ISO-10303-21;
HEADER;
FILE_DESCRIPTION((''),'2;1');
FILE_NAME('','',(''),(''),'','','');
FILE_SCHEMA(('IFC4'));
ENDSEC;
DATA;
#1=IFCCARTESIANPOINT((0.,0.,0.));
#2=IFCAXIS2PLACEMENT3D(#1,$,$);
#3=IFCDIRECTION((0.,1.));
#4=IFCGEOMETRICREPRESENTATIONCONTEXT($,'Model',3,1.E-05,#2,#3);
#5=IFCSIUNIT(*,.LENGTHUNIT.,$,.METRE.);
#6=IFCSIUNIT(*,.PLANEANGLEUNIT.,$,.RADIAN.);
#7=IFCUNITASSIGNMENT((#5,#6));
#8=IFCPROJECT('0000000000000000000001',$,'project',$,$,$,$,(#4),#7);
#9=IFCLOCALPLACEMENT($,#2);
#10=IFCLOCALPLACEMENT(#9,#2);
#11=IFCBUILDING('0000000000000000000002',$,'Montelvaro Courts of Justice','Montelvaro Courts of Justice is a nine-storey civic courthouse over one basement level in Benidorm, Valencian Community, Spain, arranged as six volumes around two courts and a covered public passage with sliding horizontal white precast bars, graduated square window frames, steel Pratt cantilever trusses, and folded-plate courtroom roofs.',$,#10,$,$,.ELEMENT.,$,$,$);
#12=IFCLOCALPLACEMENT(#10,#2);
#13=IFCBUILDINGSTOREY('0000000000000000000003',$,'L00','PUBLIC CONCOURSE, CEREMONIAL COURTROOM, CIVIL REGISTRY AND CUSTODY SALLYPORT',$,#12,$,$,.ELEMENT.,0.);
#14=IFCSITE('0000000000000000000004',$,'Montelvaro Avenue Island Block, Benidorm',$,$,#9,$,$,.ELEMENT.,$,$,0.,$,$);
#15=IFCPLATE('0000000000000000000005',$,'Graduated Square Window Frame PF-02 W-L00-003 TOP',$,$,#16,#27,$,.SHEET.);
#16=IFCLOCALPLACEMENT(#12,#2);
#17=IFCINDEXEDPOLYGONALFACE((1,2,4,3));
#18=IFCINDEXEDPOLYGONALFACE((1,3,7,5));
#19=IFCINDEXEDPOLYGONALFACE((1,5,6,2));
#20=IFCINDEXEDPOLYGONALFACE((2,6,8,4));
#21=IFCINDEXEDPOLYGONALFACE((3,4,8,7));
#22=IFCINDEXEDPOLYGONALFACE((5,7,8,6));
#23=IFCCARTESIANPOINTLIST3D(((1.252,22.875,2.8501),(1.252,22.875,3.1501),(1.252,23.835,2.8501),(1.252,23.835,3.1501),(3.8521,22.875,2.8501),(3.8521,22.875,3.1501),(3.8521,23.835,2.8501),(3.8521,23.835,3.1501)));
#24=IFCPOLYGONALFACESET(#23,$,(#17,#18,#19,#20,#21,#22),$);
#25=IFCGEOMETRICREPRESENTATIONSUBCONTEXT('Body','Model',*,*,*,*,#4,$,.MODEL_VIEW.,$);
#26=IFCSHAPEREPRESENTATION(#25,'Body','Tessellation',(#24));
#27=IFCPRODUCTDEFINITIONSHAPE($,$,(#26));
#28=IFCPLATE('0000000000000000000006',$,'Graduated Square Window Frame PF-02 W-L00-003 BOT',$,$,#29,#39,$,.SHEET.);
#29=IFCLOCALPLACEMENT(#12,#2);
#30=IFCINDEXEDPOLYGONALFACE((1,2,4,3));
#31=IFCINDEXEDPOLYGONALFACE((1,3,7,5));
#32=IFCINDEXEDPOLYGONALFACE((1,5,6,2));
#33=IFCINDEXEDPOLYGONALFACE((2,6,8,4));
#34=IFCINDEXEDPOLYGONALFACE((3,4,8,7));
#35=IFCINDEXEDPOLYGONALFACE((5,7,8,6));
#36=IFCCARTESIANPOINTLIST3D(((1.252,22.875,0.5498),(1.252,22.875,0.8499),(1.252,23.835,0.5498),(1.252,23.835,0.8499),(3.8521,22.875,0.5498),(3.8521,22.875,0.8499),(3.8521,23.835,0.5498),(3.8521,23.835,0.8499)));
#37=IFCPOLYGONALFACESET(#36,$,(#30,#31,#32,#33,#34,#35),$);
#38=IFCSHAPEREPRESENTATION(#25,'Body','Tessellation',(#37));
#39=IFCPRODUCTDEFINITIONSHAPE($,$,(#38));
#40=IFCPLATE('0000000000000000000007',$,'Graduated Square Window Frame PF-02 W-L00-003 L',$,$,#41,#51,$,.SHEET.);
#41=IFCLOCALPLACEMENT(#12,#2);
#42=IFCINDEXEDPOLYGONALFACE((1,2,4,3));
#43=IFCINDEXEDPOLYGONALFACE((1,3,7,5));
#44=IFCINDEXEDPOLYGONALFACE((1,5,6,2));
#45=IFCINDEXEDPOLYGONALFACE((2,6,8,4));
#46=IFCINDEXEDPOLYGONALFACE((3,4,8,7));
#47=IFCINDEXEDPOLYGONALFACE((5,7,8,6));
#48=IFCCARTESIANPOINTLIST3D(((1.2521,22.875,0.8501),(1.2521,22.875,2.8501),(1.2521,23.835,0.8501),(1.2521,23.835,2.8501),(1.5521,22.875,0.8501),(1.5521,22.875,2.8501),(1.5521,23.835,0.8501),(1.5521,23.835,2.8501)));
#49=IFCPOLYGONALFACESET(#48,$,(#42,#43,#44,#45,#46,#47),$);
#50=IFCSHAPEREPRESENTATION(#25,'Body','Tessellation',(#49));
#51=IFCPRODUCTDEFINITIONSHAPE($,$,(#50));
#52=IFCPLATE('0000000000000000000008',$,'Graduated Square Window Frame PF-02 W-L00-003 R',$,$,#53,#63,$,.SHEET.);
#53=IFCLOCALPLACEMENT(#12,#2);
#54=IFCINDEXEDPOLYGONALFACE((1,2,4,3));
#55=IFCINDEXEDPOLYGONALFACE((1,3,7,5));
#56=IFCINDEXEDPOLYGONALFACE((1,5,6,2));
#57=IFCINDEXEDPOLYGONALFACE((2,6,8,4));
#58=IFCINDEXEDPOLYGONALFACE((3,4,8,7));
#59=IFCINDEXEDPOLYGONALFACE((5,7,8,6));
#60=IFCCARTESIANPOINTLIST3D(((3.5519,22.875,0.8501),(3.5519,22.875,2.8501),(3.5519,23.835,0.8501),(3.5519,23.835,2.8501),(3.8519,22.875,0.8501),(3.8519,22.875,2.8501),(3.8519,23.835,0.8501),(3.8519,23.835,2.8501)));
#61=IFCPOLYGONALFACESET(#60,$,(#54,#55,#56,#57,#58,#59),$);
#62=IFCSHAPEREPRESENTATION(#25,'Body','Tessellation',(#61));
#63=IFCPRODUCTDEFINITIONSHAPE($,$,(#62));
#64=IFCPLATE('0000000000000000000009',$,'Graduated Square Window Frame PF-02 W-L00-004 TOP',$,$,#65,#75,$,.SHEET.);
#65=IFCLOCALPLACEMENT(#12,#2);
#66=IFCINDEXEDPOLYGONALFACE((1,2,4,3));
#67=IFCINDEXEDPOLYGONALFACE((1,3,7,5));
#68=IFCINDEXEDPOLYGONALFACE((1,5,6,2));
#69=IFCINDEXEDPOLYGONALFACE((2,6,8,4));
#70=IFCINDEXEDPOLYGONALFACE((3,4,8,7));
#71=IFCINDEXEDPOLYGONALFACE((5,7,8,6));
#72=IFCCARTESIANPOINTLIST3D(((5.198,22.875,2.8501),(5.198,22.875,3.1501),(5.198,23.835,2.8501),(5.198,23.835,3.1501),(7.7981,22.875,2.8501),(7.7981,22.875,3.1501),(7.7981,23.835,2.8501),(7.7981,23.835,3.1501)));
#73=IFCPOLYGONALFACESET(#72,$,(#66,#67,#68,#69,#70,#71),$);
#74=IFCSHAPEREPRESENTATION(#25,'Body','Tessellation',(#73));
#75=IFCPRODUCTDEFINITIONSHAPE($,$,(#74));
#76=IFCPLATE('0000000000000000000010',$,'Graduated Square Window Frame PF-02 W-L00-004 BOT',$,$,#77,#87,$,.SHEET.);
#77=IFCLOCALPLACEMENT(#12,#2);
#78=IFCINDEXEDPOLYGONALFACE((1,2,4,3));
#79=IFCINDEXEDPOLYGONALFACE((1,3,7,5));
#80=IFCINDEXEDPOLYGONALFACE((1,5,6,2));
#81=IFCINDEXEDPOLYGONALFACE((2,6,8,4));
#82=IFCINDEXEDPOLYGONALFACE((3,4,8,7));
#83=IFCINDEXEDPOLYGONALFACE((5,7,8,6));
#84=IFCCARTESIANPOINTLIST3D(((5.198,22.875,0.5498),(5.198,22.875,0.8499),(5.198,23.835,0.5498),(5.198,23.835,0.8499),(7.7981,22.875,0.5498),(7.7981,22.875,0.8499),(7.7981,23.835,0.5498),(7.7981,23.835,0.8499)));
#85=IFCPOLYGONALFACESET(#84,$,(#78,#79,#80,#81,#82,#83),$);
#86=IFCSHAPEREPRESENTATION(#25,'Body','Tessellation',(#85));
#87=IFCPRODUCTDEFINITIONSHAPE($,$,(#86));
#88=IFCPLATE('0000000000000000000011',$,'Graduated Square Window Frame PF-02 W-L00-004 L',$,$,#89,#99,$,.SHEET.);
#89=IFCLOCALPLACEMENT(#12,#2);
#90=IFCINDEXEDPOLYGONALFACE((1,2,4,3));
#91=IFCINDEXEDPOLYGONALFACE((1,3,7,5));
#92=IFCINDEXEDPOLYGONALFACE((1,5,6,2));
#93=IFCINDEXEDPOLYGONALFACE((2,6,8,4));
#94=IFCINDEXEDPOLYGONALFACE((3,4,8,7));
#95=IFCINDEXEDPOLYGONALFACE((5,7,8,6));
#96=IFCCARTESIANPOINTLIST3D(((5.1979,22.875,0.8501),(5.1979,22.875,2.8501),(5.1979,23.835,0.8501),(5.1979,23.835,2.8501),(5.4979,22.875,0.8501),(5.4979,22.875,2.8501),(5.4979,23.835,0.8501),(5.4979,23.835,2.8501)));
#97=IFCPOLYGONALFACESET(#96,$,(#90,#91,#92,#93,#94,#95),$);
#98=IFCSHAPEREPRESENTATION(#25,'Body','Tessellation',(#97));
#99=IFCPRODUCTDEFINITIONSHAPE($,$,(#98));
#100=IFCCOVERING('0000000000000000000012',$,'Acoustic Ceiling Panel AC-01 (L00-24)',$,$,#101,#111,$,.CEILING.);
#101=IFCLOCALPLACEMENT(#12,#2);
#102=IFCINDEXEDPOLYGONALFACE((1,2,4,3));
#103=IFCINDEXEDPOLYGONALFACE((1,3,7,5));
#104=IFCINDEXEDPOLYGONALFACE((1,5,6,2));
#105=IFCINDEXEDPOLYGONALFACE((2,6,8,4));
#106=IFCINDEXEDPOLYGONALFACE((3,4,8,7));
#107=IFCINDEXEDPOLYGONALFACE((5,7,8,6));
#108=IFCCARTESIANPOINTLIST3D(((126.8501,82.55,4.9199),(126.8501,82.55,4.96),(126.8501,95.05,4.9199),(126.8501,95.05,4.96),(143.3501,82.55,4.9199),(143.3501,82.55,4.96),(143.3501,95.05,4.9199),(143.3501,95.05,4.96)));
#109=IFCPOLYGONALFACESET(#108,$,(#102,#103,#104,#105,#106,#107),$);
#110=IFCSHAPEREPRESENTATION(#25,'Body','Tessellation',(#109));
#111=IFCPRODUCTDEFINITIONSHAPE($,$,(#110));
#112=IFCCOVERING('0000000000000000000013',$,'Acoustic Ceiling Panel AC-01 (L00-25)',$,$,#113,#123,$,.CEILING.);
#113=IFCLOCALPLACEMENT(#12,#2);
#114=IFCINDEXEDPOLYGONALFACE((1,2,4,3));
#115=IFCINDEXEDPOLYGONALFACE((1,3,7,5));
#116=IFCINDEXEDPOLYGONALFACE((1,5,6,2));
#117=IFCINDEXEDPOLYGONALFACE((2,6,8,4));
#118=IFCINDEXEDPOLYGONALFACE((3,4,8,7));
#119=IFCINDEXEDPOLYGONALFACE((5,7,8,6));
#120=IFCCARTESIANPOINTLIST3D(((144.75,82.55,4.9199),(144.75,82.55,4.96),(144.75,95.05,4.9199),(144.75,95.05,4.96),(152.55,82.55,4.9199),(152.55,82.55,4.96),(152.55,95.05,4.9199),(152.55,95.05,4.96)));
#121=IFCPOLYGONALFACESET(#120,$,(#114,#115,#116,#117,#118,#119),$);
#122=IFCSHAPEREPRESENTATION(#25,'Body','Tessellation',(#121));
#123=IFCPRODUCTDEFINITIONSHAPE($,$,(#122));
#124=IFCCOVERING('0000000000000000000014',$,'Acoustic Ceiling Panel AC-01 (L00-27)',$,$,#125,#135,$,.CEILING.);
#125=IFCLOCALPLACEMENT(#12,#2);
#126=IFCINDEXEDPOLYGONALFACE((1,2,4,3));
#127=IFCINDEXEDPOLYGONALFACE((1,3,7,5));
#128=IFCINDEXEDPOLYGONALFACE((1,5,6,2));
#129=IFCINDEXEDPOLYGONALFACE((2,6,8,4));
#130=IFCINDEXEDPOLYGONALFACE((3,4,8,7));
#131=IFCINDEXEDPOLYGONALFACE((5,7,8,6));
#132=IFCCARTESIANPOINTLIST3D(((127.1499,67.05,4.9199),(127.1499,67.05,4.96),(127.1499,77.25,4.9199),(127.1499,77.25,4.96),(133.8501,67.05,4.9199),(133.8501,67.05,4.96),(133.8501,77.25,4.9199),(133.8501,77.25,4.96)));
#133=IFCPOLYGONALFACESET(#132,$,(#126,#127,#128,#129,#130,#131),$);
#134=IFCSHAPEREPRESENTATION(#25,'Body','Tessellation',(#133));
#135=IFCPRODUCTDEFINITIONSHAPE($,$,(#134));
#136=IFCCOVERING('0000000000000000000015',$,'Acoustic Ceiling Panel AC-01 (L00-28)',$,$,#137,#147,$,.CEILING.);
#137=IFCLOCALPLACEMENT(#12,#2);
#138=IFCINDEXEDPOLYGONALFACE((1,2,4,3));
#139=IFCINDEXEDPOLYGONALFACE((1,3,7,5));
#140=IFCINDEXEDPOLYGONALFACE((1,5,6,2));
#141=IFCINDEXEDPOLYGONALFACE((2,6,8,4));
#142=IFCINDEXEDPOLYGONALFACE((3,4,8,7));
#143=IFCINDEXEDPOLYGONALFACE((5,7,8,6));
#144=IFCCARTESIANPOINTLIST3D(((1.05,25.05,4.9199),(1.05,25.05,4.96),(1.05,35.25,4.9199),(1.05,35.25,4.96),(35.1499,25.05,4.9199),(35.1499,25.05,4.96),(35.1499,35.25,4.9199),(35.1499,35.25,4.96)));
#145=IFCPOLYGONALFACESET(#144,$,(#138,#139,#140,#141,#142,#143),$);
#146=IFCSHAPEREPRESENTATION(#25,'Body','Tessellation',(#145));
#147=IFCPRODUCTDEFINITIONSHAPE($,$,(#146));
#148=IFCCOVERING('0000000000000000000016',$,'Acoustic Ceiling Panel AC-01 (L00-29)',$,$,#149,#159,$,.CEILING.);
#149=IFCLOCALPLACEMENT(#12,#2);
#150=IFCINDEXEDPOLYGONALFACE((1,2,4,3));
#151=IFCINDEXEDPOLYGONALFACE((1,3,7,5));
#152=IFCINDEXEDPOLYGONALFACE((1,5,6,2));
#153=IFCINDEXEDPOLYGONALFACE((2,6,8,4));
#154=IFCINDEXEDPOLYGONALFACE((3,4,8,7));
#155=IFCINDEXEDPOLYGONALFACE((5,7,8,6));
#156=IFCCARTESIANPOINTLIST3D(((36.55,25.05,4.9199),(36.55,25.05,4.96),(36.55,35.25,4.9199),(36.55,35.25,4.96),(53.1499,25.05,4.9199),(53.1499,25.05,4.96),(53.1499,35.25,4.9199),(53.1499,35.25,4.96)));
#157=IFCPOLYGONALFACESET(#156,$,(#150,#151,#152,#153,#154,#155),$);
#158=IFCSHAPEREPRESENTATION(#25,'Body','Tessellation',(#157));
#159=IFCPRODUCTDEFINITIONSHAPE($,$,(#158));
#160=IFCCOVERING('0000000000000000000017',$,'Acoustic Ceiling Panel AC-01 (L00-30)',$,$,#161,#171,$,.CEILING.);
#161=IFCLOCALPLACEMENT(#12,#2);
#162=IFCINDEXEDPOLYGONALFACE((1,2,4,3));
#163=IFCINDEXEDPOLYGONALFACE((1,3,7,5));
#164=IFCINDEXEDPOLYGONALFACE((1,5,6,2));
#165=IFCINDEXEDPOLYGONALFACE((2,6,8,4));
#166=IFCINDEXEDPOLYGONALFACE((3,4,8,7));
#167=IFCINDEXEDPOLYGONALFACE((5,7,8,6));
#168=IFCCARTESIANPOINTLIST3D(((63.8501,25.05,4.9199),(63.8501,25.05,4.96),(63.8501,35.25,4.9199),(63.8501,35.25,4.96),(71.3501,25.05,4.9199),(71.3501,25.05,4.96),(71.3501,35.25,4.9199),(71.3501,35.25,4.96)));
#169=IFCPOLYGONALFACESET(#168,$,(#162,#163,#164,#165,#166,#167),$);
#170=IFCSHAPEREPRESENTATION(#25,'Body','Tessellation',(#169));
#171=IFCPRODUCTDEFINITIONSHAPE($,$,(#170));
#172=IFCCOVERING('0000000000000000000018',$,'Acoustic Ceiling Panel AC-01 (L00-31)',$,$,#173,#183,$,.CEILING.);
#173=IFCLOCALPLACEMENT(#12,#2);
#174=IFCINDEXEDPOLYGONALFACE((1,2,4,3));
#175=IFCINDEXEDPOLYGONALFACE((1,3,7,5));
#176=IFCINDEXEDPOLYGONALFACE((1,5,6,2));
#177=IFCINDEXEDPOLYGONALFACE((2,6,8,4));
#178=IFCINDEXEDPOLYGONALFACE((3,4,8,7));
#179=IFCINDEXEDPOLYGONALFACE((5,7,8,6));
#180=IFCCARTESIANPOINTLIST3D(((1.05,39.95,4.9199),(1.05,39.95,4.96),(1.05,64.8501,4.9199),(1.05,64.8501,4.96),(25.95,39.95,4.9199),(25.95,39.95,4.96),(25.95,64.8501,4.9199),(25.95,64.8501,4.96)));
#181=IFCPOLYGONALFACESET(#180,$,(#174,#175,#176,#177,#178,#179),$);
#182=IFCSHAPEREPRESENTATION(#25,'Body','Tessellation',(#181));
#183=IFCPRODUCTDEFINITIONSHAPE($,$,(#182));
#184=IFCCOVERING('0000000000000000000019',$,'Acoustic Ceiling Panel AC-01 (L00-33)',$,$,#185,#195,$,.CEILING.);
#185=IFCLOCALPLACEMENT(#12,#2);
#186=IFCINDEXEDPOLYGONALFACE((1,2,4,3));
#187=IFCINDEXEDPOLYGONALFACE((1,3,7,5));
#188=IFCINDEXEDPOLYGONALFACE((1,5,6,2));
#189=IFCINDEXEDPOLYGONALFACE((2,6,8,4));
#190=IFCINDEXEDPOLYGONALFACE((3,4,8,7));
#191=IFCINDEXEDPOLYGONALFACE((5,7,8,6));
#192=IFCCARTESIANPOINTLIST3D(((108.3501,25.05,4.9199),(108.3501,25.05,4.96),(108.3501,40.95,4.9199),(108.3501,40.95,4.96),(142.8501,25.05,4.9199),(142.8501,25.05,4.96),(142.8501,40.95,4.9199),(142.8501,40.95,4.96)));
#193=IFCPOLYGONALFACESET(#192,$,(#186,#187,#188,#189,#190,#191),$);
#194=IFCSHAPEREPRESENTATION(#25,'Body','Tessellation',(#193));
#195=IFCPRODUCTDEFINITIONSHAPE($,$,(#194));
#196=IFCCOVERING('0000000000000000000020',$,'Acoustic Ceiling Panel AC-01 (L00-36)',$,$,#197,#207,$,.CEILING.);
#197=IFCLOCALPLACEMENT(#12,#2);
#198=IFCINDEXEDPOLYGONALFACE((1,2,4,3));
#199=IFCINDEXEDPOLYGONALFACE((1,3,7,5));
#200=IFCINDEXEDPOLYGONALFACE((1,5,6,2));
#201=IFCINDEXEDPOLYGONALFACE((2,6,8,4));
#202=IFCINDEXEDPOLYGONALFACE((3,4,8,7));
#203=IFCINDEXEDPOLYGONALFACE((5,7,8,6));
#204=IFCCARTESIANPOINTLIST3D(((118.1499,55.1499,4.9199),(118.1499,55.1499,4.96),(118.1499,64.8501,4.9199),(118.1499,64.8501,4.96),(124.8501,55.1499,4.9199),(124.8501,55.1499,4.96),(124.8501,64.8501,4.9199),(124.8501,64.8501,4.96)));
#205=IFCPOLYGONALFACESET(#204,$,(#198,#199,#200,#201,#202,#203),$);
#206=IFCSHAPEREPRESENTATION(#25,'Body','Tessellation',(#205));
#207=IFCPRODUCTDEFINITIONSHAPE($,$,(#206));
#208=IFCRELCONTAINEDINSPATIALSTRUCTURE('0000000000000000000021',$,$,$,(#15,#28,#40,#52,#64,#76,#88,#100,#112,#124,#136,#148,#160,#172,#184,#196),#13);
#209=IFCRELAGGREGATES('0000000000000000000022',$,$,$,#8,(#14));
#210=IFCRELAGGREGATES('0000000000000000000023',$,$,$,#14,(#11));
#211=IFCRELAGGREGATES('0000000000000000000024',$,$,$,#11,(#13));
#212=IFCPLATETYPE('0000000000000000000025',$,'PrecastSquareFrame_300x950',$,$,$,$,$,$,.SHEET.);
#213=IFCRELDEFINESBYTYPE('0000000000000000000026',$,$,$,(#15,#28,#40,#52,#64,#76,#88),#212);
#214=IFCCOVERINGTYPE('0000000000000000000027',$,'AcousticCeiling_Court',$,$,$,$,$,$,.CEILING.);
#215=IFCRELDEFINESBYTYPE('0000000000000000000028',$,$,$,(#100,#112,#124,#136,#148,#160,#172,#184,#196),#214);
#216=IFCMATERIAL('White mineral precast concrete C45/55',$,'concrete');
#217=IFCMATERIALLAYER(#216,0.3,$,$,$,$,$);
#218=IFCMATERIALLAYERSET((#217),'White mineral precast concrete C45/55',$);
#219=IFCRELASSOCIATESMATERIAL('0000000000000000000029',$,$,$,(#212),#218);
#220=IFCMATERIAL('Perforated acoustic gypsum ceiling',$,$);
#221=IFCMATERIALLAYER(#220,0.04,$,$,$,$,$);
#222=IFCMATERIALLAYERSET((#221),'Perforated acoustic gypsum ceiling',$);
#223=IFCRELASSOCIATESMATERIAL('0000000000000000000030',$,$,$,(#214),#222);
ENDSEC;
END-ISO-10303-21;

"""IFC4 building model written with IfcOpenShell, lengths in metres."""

from ifc_helpers import new_model, si_unit, direction, frame, origin, origin_2d, place, context, subcontext, project, spatial, polyline, rectangle, outline, extrude, material, layer, layer_set, type_object, element, save


model = new_model("IFC4")

# Units and contexts
model_context = context("Model", 3, precision=1e-05, world=origin(), true_north=direction((0.0, 1.0)))
body_context = subcontext(model_context, "Body", "Model", "MODEL_VIEW")
ifc_project = project(units=[si_unit("LENGTHUNIT", "METRE"), si_unit("PLANEANGLEUNIT", "RADIAN")], contexts=[model_context])

# Site, building, storey
site_placement = place(None, origin())
site = spatial("IfcSite", under=ifc_project, at=site_placement, Name="Montelvaro Avenue Island Block, Benidorm", CompositionType="ELEMENT", RefElevation=0.0)
building_placement = place(site_placement, origin())
building = spatial("IfcBuilding", under=site, at=building_placement, Name="Montelvaro Courts of Justice", Description="Montelvaro Courts of Justice is a nine-storey civic courthouse over one basement level in Benidorm, Valencian Community, Spain, arranged as six volumes around two courts and a covered public passage with sliding horizontal white precast bars, graduated square window frames, steel Pratt cantilever trusses, and folded-plate courtroom roofs.", CompositionType="ELEMENT")
storey_placement = place(building_placement, origin())
storey = spatial("IfcBuildingStorey", under=building, at=storey_placement, Name="L00", Description="PUBLIC CONCOURSE, CEREMONIAL COURTROOM, CIVIL REGISTRY AND CUSTODY SALLYPORT", CompositionType="ELEMENT", Elevation=0.0)

# Plates
ifc_material_1 = material(Name="White mineral precast concrete C45/55", Category="concrete")
ifc_layer_1 = layer(ifc_material_1, 0.3)
ifc_layer_set_1 = layer_set([ifc_layer_1], Name="White mineral precast concrete C45/55")
plate_type = type_object("IfcPlateType", Name="PrecastSquareFrame_300x950", PredefinedType="SHEET", material=ifc_layer_set_1)
for number, where, z_axis, x_axis, name in (
    (1, (2.552, 23.355, 2.8501), (0.0, 0.0, 1.0), (1.0, 0.0, 0.0), "Graduated Square Window Frame PF-02 W-L00-003 TOP"),
    (2, (2.552, 23.355, 0.5498), (0.0, 0.0, 1.0), (1.0, 0.0, 0.0), "Graduated Square Window Frame PF-02 W-L00-003 BOT"),
):
    element("IfcPlate", number, at=place(storey_placement, frame(where, z_axis=z_axis, x_axis=x_axis)), inside=storey, type_object=plate_type, Name=name, PredefinedType="SHEET", context=body_context, shape_type="SweptSolid", body=[
        extrude(rectangle(XDim=2.6001, YDim=0.96, at=origin_2d()), origin(), (0.0, 0.0, 1.0), 0.3),
    ])
for number, where, z_axis, x_axis, name in (
    (3, (1.4021, 23.355, 0.8501), (0.0, 0.0, 1.0), (1.0, 0.0, 0.0), "Graduated Square Window Frame PF-02 W-L00-003 L"),
    (4, (3.7019, 23.355, 0.8501), (0.0, 0.0, 1.0), (1.0, 0.0, 0.0), "Graduated Square Window Frame PF-02 W-L00-003 R"),
):
    element("IfcPlate", number, at=place(storey_placement, frame(where, z_axis=z_axis, x_axis=x_axis)), inside=storey, type_object=plate_type, Name=name, PredefinedType="SHEET", context=body_context, shape_type="SweptSolid", body=[
        extrude(rectangle(XDim=0.3, YDim=0.96, at=origin_2d()), origin(), (0.0, 0.0, 1.0), 2.0),
    ])
for number, where, z_axis, x_axis, name in (
    (5, (6.498, 23.355, 2.8501), (0.0, 0.0, 1.0), (1.0, 0.0, 0.0), "Graduated Square Window Frame PF-02 W-L00-004 TOP"),
    (6, (6.498, 23.355, 0.5498), (0.0, 0.0, 1.0), (1.0, 0.0, 0.0), "Graduated Square Window Frame PF-02 W-L00-004 BOT"),
):
    element("IfcPlate", number, at=place(storey_placement, frame(where, z_axis=z_axis, x_axis=x_axis)), inside=storey, type_object=plate_type, Name=name, PredefinedType="SHEET", context=body_context, shape_type="SweptSolid", body=[
        extrude(rectangle(XDim=2.6001, YDim=0.96, at=origin_2d()), origin(), (0.0, 0.0, 1.0), 0.3),
    ])
plate_placement = place(storey_placement, frame((5.3479, 23.355, 0.8501), z_axis=(0.0, 0.0, 1.0), x_axis=(1.0, 0.0, 0.0)))
element("IfcPlate", 7, at=plate_placement, inside=storey, type_object=plate_type, Name="Graduated Square Window Frame PF-02 W-L00-004 L", PredefinedType="SHEET", context=body_context, shape_type="SweptSolid", body=[
    extrude(rectangle(XDim=0.3, YDim=0.96, at=origin_2d()), origin(), (0.0, 0.0, 1.0), 2.0),
])

# Coverings
ifc_material_2 = material(Name="Perforated acoustic gypsum ceiling")
ifc_layer_2 = layer(ifc_material_2, 0.04)
ifc_layer_set_2 = layer_set([ifc_layer_2], Name="Perforated acoustic gypsum ceiling")
covering_type_1 = type_object("IfcCoveringType", Name="AcousticCeiling_Court", PredefinedType="CEILING", material=ifc_layer_set_2)
covering_1_placement = place(storey_placement, frame((0.0, 0.0, 4.9199)))
element("IfcCovering", 8, at=covering_1_placement, inside=storey, type_object=covering_type_1, Name="Acoustic Ceiling Panel AC-01 (L00-24)", PredefinedType="CEILING", context=body_context, shape_type="SweptSolid", body=[
    extrude(outline(polyline([(126.8501, 95.05), (143.3501, 95.05), (143.3501, 82.55), (126.8501, 82.55), (126.8501, 95.05)])), origin(), (0.0, 0.0, 1.0), 0.04),
])
covering_2_placement = place(storey_placement, frame((0.0, 0.0, 4.9199)))
element("IfcCovering", 9, at=covering_2_placement, inside=storey, type_object=covering_type_1, Name="Acoustic Ceiling Panel AC-01 (L00-25)", PredefinedType="CEILING", context=body_context, shape_type="SweptSolid", body=[
    extrude(outline(polyline([(152.55, 95.05), (152.55, 82.55), (144.75, 82.55), (144.75, 95.05), (152.55, 95.05)])), origin(), (0.0, 0.0, 1.0), 0.04),
])
covering_3_placement = place(storey_placement, frame((0.0, 0.0, 4.9199)))
element("IfcCovering", 10, at=covering_3_placement, inside=storey, type_object=covering_type_1, Name="Acoustic Ceiling Panel AC-01 (L00-27)", PredefinedType="CEILING", context=body_context, shape_type="SweptSolid", body=[
    extrude(outline(polyline([(133.8501, 67.05), (127.1499, 67.05), (127.1499, 77.25), (133.8501, 77.25), (133.8501, 67.05)])), origin(), (0.0, 0.0, 1.0), 0.04),
])
covering_4_placement = place(storey_placement, frame((0.0, 0.0, 4.9199)))
element("IfcCovering", 11, at=covering_4_placement, inside=storey, type_object=covering_type_1, Name="Acoustic Ceiling Panel AC-01 (L00-28)", PredefinedType="CEILING", context=body_context, shape_type="SweptSolid", body=[
    extrude(outline(polyline([(1.05, 35.25), (35.1499, 35.25), (35.1499, 25.05), (1.05, 25.05), (1.05, 35.25)])), origin(), (0.0, 0.0, 1.0), 0.04),
])
covering_5_placement = place(storey_placement, frame((0.0, 0.0, 4.9199)))
element("IfcCovering", 12, at=covering_5_placement, inside=storey, type_object=covering_type_1, Name="Acoustic Ceiling Panel AC-01 (L00-29)", PredefinedType="CEILING", context=body_context, shape_type="SweptSolid", body=[
    extrude(outline(polyline([(53.1499, 35.25), (53.1499, 25.05), (36.55, 25.05), (36.55, 35.25), (53.1499, 35.25)])), origin(), (0.0, 0.0, 1.0), 0.04),
])
covering_6_placement = place(storey_placement, frame((0.0, 0.0, 4.9199)))
element("IfcCovering", 13, at=covering_6_placement, inside=storey, type_object=covering_type_1, Name="Acoustic Ceiling Panel AC-01 (L00-30)", PredefinedType="CEILING", context=body_context, shape_type="SweptSolid", body=[
    extrude(outline(polyline([(71.3501, 35.25), (71.3501, 25.05), (63.8501, 25.05), (63.8501, 35.25), (71.3501, 35.25)])), origin(), (0.0, 0.0, 1.0), 0.04),
])
covering_7_placement = place(storey_placement, frame((0.0, 0.0, 4.9199)))
element("IfcCovering", 14, at=covering_7_placement, inside=storey, type_object=covering_type_1, Name="Acoustic Ceiling Panel AC-01 (L00-31)", PredefinedType="CEILING", context=body_context, shape_type="SweptSolid", body=[
    extrude(outline(polyline([(25.95, 39.95), (1.05, 39.95), (1.05, 64.8501), (25.95, 64.8501), (25.95, 39.95)])), origin(), (0.0, 0.0, 1.0), 0.04),
])
covering_8_placement = place(storey_placement, frame((0.0, 0.0, 4.9199)))
element("IfcCovering", 15, at=covering_8_placement, inside=storey, type_object=covering_type_1, Name="Acoustic Ceiling Panel AC-01 (L00-33)", PredefinedType="CEILING", context=body_context, shape_type="SweptSolid", body=[
    extrude(outline(polyline([(142.8501, 40.95), (142.8501, 25.05), (108.3501, 25.05), (108.3501, 40.95), (142.8501, 40.95)])), origin(), (0.0, 0.0, 1.0), 0.04),
])
covering_9_placement = place(storey_placement, frame((0.0, 0.0, 4.9199)))
element("IfcCovering", 16, at=covering_9_placement, inside=storey, type_object=covering_type_1, Name="Acoustic Ceiling Panel AC-01 (L00-36)", PredefinedType="CEILING", context=body_context, shape_type="SweptSolid", body=[
    extrude(outline(polyline([(118.1499, 55.1499), (118.1499, 64.8501), (124.8501, 64.8501), (124.8501, 55.1499), (118.1499, 55.1499)])), origin(), (0.0, 0.0, 1.0), 0.04),
])

save(model, "model.ifc")
